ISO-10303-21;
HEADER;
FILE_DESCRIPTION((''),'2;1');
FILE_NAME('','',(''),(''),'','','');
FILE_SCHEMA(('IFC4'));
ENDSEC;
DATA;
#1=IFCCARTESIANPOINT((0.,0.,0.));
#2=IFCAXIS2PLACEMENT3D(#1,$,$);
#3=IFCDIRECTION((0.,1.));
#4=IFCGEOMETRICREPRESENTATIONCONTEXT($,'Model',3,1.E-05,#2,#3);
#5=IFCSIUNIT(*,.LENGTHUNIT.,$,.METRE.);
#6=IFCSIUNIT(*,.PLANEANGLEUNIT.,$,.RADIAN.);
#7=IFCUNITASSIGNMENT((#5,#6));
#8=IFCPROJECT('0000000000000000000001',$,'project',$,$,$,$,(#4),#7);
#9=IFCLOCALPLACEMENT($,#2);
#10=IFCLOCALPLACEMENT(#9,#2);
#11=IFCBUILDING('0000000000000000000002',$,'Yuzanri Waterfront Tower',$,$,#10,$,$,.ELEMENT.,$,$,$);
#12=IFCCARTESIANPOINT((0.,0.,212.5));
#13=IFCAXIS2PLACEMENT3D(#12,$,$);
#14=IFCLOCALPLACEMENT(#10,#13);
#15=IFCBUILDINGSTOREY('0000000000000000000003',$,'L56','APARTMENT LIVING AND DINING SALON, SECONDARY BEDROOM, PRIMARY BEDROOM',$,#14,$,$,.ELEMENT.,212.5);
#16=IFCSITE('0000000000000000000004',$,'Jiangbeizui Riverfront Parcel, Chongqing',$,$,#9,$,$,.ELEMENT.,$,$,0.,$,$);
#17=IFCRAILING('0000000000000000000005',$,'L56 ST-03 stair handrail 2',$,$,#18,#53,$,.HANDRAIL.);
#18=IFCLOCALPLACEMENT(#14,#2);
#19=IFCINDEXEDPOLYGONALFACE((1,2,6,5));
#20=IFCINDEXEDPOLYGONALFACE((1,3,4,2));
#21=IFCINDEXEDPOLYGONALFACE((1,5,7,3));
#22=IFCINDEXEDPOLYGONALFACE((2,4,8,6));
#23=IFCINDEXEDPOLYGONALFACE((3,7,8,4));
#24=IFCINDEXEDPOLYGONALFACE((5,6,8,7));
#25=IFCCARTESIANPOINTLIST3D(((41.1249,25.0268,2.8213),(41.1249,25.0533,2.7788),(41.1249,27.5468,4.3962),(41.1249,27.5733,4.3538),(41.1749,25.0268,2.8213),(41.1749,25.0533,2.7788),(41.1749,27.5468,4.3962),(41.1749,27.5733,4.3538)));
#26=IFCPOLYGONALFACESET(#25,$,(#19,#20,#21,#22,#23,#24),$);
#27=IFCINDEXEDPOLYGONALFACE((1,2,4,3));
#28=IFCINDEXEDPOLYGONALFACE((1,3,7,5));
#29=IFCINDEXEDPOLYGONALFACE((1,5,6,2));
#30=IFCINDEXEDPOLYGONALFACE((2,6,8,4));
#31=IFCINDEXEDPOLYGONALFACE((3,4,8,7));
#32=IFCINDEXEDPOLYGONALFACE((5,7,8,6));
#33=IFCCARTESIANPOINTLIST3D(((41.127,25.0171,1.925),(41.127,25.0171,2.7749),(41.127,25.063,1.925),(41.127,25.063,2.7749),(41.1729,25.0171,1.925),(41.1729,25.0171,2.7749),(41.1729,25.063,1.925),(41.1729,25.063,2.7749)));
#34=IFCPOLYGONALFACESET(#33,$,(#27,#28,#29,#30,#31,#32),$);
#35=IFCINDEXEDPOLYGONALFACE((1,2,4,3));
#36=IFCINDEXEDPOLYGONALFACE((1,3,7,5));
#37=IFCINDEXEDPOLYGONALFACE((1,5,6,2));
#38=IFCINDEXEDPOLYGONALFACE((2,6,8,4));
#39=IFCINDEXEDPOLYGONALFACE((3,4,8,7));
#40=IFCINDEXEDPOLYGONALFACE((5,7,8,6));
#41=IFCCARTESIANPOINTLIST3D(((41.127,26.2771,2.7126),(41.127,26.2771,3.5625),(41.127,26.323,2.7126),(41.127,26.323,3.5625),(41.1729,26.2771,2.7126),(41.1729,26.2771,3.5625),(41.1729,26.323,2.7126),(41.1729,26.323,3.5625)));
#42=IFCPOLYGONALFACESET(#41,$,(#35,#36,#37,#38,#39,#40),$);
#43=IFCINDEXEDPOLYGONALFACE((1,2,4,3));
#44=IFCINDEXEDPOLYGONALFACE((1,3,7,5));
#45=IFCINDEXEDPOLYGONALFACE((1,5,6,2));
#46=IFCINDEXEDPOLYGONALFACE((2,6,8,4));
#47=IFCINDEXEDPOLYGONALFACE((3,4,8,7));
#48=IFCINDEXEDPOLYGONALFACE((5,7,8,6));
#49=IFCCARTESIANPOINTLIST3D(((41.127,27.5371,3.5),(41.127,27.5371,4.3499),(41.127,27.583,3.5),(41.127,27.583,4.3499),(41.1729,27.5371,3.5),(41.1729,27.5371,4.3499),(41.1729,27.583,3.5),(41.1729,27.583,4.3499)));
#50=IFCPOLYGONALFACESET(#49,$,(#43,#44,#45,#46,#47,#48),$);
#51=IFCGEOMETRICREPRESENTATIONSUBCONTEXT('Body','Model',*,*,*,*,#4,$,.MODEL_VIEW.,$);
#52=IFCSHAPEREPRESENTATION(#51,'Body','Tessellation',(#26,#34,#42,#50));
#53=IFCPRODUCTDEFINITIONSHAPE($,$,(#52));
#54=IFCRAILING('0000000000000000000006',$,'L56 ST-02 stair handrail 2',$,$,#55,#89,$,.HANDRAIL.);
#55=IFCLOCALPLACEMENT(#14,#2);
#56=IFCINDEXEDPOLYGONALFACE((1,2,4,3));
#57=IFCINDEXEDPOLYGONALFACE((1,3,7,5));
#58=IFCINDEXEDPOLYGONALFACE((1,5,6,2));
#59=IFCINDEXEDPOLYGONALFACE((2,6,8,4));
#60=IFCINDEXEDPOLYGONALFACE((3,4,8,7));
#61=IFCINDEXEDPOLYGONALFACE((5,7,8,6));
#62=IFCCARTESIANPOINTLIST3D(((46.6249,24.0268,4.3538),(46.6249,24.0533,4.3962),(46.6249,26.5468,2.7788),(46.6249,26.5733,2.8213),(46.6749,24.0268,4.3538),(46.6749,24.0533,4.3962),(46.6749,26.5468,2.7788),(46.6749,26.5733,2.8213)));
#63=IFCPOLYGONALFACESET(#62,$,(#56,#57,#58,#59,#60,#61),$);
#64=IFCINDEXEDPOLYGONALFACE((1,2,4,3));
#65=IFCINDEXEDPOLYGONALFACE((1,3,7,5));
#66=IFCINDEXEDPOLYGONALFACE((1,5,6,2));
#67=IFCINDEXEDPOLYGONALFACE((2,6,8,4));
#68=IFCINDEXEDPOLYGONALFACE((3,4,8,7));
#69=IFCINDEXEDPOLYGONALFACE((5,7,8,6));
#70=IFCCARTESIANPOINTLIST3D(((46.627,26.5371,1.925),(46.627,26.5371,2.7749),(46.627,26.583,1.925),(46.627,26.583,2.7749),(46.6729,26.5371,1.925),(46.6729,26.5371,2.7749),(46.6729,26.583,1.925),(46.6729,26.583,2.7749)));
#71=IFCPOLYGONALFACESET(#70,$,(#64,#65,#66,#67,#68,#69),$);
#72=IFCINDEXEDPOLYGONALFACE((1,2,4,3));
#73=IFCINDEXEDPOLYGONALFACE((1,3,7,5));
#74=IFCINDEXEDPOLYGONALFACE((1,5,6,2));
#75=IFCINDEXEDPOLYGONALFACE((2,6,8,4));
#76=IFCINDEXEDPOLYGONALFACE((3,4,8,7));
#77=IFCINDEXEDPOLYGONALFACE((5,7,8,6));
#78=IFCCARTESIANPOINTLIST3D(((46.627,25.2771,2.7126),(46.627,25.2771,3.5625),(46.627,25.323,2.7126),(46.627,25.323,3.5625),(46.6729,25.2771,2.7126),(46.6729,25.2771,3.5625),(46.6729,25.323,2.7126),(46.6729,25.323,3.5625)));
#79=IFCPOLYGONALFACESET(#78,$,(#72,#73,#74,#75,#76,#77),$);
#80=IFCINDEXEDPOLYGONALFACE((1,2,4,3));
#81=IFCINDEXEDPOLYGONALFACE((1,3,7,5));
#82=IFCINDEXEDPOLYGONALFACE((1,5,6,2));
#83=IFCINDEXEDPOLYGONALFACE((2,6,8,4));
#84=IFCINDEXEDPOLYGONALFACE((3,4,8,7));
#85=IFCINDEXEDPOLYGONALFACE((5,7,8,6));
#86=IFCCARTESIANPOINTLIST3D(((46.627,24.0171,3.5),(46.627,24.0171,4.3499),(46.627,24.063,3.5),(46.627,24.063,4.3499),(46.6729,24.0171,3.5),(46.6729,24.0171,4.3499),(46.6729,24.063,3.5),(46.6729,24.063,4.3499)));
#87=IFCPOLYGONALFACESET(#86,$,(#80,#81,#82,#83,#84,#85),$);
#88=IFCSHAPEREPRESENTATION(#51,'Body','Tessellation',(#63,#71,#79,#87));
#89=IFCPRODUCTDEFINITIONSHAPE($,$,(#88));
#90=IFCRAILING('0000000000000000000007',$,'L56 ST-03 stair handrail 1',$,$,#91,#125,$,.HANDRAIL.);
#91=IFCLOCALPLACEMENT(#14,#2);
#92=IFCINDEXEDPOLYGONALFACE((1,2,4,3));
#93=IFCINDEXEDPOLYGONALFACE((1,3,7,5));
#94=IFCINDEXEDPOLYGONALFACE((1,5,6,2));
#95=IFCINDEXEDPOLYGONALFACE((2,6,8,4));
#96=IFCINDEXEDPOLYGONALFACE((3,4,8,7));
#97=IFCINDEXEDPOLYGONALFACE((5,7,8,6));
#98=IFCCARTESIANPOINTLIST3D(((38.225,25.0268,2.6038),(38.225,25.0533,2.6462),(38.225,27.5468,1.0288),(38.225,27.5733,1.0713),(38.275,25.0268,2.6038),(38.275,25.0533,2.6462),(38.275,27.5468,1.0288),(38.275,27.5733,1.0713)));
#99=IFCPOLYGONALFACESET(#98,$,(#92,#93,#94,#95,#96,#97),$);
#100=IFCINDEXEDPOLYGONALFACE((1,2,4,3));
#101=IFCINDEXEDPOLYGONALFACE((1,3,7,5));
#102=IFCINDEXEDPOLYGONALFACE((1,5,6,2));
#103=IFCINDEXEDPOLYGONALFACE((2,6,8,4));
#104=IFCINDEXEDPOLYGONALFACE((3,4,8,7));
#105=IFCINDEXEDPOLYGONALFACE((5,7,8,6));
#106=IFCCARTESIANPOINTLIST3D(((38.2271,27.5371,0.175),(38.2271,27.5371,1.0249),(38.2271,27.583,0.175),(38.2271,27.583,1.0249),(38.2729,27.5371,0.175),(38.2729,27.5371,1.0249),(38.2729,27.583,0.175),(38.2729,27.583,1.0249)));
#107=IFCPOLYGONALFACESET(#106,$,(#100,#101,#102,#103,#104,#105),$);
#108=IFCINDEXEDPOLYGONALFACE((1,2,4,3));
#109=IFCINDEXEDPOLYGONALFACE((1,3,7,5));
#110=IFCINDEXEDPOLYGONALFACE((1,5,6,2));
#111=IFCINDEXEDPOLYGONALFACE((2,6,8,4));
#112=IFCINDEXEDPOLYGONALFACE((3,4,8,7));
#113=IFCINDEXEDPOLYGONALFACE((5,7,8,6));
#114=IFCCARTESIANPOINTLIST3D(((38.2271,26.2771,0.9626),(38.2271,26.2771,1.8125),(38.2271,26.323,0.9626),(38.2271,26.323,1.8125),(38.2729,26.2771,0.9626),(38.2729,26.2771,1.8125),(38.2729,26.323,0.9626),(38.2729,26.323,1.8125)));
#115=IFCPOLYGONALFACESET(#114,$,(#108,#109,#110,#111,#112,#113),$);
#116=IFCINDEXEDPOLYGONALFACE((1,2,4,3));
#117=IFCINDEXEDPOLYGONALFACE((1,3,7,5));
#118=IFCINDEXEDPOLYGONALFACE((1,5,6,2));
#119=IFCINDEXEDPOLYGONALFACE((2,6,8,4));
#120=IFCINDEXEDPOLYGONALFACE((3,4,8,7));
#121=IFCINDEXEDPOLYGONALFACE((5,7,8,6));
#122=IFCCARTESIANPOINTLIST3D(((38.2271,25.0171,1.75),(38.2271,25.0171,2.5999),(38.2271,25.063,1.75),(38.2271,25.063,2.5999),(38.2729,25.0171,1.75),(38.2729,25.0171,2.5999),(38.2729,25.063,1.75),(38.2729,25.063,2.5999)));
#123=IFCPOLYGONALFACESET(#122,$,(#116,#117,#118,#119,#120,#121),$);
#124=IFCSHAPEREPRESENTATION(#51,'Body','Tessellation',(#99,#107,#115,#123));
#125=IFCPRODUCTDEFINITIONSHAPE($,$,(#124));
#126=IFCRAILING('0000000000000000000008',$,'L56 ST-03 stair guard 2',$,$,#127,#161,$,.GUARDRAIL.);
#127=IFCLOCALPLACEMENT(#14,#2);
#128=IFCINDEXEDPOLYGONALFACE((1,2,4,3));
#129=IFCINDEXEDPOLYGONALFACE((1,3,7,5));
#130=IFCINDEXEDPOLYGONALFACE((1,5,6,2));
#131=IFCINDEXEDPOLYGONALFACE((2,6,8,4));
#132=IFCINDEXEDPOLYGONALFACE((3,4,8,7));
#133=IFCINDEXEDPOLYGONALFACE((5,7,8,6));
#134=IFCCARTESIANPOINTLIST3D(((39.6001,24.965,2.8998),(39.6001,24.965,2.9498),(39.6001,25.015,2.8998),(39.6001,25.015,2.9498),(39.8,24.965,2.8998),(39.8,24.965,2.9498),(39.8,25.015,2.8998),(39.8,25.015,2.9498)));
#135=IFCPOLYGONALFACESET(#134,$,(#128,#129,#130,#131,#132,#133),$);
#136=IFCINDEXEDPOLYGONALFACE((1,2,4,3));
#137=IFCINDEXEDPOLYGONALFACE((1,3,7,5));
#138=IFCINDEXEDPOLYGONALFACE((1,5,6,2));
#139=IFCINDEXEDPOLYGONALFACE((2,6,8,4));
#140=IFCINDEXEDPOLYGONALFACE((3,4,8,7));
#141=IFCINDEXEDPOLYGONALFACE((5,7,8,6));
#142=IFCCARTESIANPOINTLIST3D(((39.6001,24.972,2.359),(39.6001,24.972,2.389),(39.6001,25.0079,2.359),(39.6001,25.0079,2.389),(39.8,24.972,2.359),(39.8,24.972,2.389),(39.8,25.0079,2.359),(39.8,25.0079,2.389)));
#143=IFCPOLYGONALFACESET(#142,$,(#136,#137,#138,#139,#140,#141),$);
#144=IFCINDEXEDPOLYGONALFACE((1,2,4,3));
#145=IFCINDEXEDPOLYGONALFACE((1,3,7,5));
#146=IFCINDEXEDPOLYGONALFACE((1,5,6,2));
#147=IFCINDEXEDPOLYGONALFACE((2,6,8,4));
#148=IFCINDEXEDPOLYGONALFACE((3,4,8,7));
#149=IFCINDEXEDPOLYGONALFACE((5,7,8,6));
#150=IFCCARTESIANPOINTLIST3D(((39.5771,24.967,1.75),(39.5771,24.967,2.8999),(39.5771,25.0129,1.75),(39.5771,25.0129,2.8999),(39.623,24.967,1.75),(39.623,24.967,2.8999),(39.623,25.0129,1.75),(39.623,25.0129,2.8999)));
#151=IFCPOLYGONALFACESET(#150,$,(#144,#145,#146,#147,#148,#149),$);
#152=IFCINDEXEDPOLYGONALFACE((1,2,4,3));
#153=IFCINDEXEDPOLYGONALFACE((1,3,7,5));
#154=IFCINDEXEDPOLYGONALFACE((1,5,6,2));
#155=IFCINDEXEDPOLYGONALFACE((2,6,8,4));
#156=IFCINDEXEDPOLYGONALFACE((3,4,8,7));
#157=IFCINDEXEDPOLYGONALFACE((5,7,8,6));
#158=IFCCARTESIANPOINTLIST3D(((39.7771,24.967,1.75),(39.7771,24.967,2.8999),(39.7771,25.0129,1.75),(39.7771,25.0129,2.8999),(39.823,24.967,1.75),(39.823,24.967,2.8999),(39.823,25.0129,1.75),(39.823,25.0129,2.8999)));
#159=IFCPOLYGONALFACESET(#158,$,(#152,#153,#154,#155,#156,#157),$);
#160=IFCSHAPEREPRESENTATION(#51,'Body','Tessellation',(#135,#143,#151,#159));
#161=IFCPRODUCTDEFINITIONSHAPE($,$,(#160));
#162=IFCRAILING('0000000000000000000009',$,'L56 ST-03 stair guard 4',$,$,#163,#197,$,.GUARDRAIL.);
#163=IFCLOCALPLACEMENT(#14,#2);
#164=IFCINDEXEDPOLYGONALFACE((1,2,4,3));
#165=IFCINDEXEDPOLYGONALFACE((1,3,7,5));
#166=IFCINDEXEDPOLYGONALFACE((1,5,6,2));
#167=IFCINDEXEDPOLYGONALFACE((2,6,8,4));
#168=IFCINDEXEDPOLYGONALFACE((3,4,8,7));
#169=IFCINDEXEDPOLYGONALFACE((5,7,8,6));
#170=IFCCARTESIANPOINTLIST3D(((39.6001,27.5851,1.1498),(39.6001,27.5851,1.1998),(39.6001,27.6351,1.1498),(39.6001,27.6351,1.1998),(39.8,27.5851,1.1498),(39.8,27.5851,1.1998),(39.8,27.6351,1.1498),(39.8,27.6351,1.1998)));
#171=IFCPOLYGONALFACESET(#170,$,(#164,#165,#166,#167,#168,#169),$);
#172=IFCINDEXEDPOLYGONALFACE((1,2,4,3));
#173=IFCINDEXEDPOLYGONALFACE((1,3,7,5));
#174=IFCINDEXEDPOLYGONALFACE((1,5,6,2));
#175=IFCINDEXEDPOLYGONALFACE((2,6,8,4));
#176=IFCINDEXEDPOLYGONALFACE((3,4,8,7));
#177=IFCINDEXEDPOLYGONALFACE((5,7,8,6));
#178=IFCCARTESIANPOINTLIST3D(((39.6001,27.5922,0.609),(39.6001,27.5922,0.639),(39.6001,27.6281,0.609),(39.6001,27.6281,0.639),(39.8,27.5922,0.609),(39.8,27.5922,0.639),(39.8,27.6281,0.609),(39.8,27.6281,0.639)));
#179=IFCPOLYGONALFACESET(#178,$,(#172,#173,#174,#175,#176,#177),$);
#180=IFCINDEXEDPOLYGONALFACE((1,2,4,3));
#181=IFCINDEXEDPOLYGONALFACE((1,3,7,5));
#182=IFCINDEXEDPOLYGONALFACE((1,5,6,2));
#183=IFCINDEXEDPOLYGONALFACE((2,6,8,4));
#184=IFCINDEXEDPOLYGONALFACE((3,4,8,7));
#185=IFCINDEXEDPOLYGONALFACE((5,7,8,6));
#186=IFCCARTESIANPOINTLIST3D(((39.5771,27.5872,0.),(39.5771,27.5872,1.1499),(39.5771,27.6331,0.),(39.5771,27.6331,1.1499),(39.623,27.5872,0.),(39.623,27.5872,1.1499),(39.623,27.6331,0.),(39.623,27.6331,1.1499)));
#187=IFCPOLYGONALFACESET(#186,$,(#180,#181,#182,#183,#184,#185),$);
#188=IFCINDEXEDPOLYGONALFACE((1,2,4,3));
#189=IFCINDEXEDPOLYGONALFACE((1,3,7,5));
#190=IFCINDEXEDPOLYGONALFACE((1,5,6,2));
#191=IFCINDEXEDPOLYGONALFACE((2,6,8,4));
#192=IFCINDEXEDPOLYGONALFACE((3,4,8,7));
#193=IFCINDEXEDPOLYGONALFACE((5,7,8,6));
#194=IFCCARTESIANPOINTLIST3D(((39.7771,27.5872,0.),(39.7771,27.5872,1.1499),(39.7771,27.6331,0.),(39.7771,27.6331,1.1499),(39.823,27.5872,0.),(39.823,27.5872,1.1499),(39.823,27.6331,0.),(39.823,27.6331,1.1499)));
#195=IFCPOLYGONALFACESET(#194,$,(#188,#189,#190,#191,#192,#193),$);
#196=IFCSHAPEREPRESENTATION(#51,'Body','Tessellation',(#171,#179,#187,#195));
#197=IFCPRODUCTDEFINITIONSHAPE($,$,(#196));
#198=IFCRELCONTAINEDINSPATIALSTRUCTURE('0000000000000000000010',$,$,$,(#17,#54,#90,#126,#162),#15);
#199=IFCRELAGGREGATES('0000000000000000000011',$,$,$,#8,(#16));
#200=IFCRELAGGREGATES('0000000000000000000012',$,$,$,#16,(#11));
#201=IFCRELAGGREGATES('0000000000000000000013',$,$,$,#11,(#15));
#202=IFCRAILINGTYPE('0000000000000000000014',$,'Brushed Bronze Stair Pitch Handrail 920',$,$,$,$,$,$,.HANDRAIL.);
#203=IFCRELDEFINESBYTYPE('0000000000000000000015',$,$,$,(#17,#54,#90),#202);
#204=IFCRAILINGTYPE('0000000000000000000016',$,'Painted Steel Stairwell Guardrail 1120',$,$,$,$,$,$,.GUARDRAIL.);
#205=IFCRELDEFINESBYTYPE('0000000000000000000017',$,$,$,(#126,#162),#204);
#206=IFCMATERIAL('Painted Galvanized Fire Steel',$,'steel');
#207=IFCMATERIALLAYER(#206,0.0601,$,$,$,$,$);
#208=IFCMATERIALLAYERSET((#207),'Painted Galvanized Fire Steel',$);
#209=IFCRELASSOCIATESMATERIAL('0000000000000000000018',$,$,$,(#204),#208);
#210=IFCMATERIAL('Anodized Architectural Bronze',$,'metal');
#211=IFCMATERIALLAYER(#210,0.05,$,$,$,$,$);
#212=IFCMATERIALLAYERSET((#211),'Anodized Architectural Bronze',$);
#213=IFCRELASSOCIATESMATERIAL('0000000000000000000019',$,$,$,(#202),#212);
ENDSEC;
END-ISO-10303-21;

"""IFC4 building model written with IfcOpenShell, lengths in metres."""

from ifc_helpers import new_model, si_unit, direction, frame, origin, origin_2d, place, context, subcontext, project, spatial, rectangle, extrude, source, transform, mapped, material, layer, layer_set, type_object, element, save


model = new_model("IFC4")

# Units and contexts
model_context = context("Model", 3, precision=1e-05, world=origin(), true_north=direction((0.0, 1.0)))
body_context = subcontext(model_context, "Body", "Model", "MODEL_VIEW")
ifc_project = project(units=[si_unit("LENGTHUNIT", "METRE"), si_unit("PLANEANGLEUNIT", "RADIAN")], contexts=[model_context])

# Site, building, storey
site_placement = place(None, origin())
site = spatial("IfcSite", under=ifc_project, at=site_placement, Name="Jiangbeizui Riverfront Parcel, Chongqing", CompositionType="ELEMENT", RefElevation=0.0)
building_placement = place(site_placement, origin())
building = spatial("IfcBuilding", under=site, at=building_placement, Name="Yuzanri Waterfront Tower", CompositionType="ELEMENT")
storey_placement = place(building_placement, frame((0.0, 0.0, 212.5)))
storey = spatial("IfcBuildingStorey", under=building, at=storey_placement, Name="L56", Description="APARTMENT LIVING AND DINING SALON, SECONDARY BEDROOM, PRIMARY BEDROOM", CompositionType="ELEMENT", Elevation=212.5)

# Railings
ifc_material_1 = material(Name="Painted Galvanized Fire Steel", Category="steel")
ifc_layer_1 = layer(ifc_material_1, 0.0601)
ifc_layer_set_1 = layer_set([ifc_layer_1], Name="Painted Galvanized Fire Steel")
railing_type_1 = type_object("IfcRailingType", Name="Painted Steel Stairwell Guardrail 1120", PredefinedType="GUARDRAIL", material=ifc_layer_set_1)
ifc_material_2 = material(Name="Anodized Architectural Bronze", Category="metal")
ifc_layer_2 = layer(ifc_material_2, 0.05)
ifc_layer_set_2 = layer_set([ifc_layer_2], Name="Anodized Architectural Bronze")
railing_type_2 = type_object("IfcRailingType", Name="Brushed Bronze Stair Pitch Handrail 920", PredefinedType="HANDRAIL", material=ifc_layer_set_2)
shared_shape_1 = source(origin(), body_context, "Body", "SweptSolid", [
    extrude(rectangle(XDim=0.05, YDim=0.05, at=origin_2d()), frame((0.0, 0.0, 0.875), z_axis=(0.0, 0.848008, 0.529984), x_axis=(-1.0, 0.0, 0.0)), (0.0, 0.0, 1.0), 2.9717),
    extrude(rectangle(XDim=0.0459, YDim=0.0459, at=origin_2d()), origin(), (0.0, 0.0, 1.0), 0.8499),
    extrude(rectangle(XDim=0.0459, YDim=0.0459, at=origin_2d()), frame((0.0, 1.26, 0.7876)), (0.0, 0.0, 1.0), 0.8499),
    extrude(rectangle(XDim=0.0459, YDim=0.0459, at=origin_2d()), frame((0.0, 2.52, 1.575)), (0.0, 0.0, 1.0), 0.8499),
])
railing_1_placement = place(storey_placement, frame((41.1499, 25.04, 1.925)))
element("IfcRailing", 1, at=railing_1_placement, inside=storey, type_object=railing_type_2, Name="L56 ST-03 stair handrail 2", PredefinedType="HANDRAIL", context=body_context, shape_type="MappedRepresentation", body=[
    mapped(shared_shape_1, transform((0.0, 0.0, 0.0), scale=1.0)),
])
shared_shape_2 = source(origin(), body_context, "Body", "SweptSolid", [
    extrude(rectangle(XDim=0.05, YDim=0.05, at=origin_2d()), frame((0.0, 0.0, 0.875), z_axis=(0.0, -0.848008, 0.529984), x_axis=(1.0, 0.0, 0.0)), (0.0, 0.0, 1.0), 2.9717),
    extrude(rectangle(XDim=0.0459, YDim=0.0459, at=origin_2d()), origin(), (0.0, 0.0, 1.0), 0.8499),
    extrude(rectangle(XDim=0.0459, YDim=0.0459, at=origin_2d()), frame((0.0, -1.26, 0.7876)), (0.0, 0.0, 1.0), 0.8499),
    extrude(rectangle(XDim=0.0459, YDim=0.0459, at=origin_2d()), frame((0.0, -2.52, 1.575)), (0.0, 0.0, 1.0), 0.8499),
])
for number, where, name in (
    (2, (46.6499, 26.5601, 1.925), "L56 ST-02 stair handrail 2"),
    (3, (38.25, 27.5601, 0.175), "L56 ST-03 stair handrail 1"),
):
    element("IfcRailing", number, at=place(storey_placement, frame(where)), inside=storey, type_object=railing_type_2, Name=name, PredefinedType="HANDRAIL", context=body_context, shape_type="MappedRepresentation", body=[
        mapped(shared_shape_2, transform((0.0, 0.0, 0.0), scale=1.0)),
    ])
shared_shape_3 = source(origin(), body_context, "Body", "SweptSolid", [
    extrude(rectangle(XDim=0.05, YDim=0.05, at=origin_2d()), frame((0.0, 0.0, 1.1748), z_axis=(1.0, 0.0, 0.0), x_axis=(0.0, 1.0, 0.0)), (0.0, 0.0, 1.0), 0.2),
    extrude(rectangle(XDim=0.0359, YDim=0.03, at=origin_2d()), frame((0.0, 0.0, 0.624), z_axis=(1.0, 0.0, 0.0), x_axis=(0.0, 1.0, 0.0)), (0.0, 0.0, 1.0), 0.2),
    extrude(rectangle(XDim=0.0459, YDim=0.0459, at=origin_2d()), origin(), (0.0, 0.0, 1.0), 1.1499),
    extrude(rectangle(XDim=0.0459, YDim=0.0459, at=origin_2d()), frame((0.2, 0.0, 0.0)), (0.0, 0.0, 1.0), 1.1499),
])
for number, where, name in (
    (4, (39.6001, 24.99, 1.75), "L56 ST-03 stair guard 2"),
    (5, (39.6001, 27.6101, 0.0), "L56 ST-03 stair guard 4"),
):
    element("IfcRailing", number, at=place(storey_placement, frame(where)), inside=storey, type_object=railing_type_1, Name=name, PredefinedType="GUARDRAIL", context=body_context, shape_type="MappedRepresentation", body=[
        mapped(shared_shape_3, transform((0.0, 0.0, 0.0), scale=1.0)),
    ])

save(model, "model.ifc")
